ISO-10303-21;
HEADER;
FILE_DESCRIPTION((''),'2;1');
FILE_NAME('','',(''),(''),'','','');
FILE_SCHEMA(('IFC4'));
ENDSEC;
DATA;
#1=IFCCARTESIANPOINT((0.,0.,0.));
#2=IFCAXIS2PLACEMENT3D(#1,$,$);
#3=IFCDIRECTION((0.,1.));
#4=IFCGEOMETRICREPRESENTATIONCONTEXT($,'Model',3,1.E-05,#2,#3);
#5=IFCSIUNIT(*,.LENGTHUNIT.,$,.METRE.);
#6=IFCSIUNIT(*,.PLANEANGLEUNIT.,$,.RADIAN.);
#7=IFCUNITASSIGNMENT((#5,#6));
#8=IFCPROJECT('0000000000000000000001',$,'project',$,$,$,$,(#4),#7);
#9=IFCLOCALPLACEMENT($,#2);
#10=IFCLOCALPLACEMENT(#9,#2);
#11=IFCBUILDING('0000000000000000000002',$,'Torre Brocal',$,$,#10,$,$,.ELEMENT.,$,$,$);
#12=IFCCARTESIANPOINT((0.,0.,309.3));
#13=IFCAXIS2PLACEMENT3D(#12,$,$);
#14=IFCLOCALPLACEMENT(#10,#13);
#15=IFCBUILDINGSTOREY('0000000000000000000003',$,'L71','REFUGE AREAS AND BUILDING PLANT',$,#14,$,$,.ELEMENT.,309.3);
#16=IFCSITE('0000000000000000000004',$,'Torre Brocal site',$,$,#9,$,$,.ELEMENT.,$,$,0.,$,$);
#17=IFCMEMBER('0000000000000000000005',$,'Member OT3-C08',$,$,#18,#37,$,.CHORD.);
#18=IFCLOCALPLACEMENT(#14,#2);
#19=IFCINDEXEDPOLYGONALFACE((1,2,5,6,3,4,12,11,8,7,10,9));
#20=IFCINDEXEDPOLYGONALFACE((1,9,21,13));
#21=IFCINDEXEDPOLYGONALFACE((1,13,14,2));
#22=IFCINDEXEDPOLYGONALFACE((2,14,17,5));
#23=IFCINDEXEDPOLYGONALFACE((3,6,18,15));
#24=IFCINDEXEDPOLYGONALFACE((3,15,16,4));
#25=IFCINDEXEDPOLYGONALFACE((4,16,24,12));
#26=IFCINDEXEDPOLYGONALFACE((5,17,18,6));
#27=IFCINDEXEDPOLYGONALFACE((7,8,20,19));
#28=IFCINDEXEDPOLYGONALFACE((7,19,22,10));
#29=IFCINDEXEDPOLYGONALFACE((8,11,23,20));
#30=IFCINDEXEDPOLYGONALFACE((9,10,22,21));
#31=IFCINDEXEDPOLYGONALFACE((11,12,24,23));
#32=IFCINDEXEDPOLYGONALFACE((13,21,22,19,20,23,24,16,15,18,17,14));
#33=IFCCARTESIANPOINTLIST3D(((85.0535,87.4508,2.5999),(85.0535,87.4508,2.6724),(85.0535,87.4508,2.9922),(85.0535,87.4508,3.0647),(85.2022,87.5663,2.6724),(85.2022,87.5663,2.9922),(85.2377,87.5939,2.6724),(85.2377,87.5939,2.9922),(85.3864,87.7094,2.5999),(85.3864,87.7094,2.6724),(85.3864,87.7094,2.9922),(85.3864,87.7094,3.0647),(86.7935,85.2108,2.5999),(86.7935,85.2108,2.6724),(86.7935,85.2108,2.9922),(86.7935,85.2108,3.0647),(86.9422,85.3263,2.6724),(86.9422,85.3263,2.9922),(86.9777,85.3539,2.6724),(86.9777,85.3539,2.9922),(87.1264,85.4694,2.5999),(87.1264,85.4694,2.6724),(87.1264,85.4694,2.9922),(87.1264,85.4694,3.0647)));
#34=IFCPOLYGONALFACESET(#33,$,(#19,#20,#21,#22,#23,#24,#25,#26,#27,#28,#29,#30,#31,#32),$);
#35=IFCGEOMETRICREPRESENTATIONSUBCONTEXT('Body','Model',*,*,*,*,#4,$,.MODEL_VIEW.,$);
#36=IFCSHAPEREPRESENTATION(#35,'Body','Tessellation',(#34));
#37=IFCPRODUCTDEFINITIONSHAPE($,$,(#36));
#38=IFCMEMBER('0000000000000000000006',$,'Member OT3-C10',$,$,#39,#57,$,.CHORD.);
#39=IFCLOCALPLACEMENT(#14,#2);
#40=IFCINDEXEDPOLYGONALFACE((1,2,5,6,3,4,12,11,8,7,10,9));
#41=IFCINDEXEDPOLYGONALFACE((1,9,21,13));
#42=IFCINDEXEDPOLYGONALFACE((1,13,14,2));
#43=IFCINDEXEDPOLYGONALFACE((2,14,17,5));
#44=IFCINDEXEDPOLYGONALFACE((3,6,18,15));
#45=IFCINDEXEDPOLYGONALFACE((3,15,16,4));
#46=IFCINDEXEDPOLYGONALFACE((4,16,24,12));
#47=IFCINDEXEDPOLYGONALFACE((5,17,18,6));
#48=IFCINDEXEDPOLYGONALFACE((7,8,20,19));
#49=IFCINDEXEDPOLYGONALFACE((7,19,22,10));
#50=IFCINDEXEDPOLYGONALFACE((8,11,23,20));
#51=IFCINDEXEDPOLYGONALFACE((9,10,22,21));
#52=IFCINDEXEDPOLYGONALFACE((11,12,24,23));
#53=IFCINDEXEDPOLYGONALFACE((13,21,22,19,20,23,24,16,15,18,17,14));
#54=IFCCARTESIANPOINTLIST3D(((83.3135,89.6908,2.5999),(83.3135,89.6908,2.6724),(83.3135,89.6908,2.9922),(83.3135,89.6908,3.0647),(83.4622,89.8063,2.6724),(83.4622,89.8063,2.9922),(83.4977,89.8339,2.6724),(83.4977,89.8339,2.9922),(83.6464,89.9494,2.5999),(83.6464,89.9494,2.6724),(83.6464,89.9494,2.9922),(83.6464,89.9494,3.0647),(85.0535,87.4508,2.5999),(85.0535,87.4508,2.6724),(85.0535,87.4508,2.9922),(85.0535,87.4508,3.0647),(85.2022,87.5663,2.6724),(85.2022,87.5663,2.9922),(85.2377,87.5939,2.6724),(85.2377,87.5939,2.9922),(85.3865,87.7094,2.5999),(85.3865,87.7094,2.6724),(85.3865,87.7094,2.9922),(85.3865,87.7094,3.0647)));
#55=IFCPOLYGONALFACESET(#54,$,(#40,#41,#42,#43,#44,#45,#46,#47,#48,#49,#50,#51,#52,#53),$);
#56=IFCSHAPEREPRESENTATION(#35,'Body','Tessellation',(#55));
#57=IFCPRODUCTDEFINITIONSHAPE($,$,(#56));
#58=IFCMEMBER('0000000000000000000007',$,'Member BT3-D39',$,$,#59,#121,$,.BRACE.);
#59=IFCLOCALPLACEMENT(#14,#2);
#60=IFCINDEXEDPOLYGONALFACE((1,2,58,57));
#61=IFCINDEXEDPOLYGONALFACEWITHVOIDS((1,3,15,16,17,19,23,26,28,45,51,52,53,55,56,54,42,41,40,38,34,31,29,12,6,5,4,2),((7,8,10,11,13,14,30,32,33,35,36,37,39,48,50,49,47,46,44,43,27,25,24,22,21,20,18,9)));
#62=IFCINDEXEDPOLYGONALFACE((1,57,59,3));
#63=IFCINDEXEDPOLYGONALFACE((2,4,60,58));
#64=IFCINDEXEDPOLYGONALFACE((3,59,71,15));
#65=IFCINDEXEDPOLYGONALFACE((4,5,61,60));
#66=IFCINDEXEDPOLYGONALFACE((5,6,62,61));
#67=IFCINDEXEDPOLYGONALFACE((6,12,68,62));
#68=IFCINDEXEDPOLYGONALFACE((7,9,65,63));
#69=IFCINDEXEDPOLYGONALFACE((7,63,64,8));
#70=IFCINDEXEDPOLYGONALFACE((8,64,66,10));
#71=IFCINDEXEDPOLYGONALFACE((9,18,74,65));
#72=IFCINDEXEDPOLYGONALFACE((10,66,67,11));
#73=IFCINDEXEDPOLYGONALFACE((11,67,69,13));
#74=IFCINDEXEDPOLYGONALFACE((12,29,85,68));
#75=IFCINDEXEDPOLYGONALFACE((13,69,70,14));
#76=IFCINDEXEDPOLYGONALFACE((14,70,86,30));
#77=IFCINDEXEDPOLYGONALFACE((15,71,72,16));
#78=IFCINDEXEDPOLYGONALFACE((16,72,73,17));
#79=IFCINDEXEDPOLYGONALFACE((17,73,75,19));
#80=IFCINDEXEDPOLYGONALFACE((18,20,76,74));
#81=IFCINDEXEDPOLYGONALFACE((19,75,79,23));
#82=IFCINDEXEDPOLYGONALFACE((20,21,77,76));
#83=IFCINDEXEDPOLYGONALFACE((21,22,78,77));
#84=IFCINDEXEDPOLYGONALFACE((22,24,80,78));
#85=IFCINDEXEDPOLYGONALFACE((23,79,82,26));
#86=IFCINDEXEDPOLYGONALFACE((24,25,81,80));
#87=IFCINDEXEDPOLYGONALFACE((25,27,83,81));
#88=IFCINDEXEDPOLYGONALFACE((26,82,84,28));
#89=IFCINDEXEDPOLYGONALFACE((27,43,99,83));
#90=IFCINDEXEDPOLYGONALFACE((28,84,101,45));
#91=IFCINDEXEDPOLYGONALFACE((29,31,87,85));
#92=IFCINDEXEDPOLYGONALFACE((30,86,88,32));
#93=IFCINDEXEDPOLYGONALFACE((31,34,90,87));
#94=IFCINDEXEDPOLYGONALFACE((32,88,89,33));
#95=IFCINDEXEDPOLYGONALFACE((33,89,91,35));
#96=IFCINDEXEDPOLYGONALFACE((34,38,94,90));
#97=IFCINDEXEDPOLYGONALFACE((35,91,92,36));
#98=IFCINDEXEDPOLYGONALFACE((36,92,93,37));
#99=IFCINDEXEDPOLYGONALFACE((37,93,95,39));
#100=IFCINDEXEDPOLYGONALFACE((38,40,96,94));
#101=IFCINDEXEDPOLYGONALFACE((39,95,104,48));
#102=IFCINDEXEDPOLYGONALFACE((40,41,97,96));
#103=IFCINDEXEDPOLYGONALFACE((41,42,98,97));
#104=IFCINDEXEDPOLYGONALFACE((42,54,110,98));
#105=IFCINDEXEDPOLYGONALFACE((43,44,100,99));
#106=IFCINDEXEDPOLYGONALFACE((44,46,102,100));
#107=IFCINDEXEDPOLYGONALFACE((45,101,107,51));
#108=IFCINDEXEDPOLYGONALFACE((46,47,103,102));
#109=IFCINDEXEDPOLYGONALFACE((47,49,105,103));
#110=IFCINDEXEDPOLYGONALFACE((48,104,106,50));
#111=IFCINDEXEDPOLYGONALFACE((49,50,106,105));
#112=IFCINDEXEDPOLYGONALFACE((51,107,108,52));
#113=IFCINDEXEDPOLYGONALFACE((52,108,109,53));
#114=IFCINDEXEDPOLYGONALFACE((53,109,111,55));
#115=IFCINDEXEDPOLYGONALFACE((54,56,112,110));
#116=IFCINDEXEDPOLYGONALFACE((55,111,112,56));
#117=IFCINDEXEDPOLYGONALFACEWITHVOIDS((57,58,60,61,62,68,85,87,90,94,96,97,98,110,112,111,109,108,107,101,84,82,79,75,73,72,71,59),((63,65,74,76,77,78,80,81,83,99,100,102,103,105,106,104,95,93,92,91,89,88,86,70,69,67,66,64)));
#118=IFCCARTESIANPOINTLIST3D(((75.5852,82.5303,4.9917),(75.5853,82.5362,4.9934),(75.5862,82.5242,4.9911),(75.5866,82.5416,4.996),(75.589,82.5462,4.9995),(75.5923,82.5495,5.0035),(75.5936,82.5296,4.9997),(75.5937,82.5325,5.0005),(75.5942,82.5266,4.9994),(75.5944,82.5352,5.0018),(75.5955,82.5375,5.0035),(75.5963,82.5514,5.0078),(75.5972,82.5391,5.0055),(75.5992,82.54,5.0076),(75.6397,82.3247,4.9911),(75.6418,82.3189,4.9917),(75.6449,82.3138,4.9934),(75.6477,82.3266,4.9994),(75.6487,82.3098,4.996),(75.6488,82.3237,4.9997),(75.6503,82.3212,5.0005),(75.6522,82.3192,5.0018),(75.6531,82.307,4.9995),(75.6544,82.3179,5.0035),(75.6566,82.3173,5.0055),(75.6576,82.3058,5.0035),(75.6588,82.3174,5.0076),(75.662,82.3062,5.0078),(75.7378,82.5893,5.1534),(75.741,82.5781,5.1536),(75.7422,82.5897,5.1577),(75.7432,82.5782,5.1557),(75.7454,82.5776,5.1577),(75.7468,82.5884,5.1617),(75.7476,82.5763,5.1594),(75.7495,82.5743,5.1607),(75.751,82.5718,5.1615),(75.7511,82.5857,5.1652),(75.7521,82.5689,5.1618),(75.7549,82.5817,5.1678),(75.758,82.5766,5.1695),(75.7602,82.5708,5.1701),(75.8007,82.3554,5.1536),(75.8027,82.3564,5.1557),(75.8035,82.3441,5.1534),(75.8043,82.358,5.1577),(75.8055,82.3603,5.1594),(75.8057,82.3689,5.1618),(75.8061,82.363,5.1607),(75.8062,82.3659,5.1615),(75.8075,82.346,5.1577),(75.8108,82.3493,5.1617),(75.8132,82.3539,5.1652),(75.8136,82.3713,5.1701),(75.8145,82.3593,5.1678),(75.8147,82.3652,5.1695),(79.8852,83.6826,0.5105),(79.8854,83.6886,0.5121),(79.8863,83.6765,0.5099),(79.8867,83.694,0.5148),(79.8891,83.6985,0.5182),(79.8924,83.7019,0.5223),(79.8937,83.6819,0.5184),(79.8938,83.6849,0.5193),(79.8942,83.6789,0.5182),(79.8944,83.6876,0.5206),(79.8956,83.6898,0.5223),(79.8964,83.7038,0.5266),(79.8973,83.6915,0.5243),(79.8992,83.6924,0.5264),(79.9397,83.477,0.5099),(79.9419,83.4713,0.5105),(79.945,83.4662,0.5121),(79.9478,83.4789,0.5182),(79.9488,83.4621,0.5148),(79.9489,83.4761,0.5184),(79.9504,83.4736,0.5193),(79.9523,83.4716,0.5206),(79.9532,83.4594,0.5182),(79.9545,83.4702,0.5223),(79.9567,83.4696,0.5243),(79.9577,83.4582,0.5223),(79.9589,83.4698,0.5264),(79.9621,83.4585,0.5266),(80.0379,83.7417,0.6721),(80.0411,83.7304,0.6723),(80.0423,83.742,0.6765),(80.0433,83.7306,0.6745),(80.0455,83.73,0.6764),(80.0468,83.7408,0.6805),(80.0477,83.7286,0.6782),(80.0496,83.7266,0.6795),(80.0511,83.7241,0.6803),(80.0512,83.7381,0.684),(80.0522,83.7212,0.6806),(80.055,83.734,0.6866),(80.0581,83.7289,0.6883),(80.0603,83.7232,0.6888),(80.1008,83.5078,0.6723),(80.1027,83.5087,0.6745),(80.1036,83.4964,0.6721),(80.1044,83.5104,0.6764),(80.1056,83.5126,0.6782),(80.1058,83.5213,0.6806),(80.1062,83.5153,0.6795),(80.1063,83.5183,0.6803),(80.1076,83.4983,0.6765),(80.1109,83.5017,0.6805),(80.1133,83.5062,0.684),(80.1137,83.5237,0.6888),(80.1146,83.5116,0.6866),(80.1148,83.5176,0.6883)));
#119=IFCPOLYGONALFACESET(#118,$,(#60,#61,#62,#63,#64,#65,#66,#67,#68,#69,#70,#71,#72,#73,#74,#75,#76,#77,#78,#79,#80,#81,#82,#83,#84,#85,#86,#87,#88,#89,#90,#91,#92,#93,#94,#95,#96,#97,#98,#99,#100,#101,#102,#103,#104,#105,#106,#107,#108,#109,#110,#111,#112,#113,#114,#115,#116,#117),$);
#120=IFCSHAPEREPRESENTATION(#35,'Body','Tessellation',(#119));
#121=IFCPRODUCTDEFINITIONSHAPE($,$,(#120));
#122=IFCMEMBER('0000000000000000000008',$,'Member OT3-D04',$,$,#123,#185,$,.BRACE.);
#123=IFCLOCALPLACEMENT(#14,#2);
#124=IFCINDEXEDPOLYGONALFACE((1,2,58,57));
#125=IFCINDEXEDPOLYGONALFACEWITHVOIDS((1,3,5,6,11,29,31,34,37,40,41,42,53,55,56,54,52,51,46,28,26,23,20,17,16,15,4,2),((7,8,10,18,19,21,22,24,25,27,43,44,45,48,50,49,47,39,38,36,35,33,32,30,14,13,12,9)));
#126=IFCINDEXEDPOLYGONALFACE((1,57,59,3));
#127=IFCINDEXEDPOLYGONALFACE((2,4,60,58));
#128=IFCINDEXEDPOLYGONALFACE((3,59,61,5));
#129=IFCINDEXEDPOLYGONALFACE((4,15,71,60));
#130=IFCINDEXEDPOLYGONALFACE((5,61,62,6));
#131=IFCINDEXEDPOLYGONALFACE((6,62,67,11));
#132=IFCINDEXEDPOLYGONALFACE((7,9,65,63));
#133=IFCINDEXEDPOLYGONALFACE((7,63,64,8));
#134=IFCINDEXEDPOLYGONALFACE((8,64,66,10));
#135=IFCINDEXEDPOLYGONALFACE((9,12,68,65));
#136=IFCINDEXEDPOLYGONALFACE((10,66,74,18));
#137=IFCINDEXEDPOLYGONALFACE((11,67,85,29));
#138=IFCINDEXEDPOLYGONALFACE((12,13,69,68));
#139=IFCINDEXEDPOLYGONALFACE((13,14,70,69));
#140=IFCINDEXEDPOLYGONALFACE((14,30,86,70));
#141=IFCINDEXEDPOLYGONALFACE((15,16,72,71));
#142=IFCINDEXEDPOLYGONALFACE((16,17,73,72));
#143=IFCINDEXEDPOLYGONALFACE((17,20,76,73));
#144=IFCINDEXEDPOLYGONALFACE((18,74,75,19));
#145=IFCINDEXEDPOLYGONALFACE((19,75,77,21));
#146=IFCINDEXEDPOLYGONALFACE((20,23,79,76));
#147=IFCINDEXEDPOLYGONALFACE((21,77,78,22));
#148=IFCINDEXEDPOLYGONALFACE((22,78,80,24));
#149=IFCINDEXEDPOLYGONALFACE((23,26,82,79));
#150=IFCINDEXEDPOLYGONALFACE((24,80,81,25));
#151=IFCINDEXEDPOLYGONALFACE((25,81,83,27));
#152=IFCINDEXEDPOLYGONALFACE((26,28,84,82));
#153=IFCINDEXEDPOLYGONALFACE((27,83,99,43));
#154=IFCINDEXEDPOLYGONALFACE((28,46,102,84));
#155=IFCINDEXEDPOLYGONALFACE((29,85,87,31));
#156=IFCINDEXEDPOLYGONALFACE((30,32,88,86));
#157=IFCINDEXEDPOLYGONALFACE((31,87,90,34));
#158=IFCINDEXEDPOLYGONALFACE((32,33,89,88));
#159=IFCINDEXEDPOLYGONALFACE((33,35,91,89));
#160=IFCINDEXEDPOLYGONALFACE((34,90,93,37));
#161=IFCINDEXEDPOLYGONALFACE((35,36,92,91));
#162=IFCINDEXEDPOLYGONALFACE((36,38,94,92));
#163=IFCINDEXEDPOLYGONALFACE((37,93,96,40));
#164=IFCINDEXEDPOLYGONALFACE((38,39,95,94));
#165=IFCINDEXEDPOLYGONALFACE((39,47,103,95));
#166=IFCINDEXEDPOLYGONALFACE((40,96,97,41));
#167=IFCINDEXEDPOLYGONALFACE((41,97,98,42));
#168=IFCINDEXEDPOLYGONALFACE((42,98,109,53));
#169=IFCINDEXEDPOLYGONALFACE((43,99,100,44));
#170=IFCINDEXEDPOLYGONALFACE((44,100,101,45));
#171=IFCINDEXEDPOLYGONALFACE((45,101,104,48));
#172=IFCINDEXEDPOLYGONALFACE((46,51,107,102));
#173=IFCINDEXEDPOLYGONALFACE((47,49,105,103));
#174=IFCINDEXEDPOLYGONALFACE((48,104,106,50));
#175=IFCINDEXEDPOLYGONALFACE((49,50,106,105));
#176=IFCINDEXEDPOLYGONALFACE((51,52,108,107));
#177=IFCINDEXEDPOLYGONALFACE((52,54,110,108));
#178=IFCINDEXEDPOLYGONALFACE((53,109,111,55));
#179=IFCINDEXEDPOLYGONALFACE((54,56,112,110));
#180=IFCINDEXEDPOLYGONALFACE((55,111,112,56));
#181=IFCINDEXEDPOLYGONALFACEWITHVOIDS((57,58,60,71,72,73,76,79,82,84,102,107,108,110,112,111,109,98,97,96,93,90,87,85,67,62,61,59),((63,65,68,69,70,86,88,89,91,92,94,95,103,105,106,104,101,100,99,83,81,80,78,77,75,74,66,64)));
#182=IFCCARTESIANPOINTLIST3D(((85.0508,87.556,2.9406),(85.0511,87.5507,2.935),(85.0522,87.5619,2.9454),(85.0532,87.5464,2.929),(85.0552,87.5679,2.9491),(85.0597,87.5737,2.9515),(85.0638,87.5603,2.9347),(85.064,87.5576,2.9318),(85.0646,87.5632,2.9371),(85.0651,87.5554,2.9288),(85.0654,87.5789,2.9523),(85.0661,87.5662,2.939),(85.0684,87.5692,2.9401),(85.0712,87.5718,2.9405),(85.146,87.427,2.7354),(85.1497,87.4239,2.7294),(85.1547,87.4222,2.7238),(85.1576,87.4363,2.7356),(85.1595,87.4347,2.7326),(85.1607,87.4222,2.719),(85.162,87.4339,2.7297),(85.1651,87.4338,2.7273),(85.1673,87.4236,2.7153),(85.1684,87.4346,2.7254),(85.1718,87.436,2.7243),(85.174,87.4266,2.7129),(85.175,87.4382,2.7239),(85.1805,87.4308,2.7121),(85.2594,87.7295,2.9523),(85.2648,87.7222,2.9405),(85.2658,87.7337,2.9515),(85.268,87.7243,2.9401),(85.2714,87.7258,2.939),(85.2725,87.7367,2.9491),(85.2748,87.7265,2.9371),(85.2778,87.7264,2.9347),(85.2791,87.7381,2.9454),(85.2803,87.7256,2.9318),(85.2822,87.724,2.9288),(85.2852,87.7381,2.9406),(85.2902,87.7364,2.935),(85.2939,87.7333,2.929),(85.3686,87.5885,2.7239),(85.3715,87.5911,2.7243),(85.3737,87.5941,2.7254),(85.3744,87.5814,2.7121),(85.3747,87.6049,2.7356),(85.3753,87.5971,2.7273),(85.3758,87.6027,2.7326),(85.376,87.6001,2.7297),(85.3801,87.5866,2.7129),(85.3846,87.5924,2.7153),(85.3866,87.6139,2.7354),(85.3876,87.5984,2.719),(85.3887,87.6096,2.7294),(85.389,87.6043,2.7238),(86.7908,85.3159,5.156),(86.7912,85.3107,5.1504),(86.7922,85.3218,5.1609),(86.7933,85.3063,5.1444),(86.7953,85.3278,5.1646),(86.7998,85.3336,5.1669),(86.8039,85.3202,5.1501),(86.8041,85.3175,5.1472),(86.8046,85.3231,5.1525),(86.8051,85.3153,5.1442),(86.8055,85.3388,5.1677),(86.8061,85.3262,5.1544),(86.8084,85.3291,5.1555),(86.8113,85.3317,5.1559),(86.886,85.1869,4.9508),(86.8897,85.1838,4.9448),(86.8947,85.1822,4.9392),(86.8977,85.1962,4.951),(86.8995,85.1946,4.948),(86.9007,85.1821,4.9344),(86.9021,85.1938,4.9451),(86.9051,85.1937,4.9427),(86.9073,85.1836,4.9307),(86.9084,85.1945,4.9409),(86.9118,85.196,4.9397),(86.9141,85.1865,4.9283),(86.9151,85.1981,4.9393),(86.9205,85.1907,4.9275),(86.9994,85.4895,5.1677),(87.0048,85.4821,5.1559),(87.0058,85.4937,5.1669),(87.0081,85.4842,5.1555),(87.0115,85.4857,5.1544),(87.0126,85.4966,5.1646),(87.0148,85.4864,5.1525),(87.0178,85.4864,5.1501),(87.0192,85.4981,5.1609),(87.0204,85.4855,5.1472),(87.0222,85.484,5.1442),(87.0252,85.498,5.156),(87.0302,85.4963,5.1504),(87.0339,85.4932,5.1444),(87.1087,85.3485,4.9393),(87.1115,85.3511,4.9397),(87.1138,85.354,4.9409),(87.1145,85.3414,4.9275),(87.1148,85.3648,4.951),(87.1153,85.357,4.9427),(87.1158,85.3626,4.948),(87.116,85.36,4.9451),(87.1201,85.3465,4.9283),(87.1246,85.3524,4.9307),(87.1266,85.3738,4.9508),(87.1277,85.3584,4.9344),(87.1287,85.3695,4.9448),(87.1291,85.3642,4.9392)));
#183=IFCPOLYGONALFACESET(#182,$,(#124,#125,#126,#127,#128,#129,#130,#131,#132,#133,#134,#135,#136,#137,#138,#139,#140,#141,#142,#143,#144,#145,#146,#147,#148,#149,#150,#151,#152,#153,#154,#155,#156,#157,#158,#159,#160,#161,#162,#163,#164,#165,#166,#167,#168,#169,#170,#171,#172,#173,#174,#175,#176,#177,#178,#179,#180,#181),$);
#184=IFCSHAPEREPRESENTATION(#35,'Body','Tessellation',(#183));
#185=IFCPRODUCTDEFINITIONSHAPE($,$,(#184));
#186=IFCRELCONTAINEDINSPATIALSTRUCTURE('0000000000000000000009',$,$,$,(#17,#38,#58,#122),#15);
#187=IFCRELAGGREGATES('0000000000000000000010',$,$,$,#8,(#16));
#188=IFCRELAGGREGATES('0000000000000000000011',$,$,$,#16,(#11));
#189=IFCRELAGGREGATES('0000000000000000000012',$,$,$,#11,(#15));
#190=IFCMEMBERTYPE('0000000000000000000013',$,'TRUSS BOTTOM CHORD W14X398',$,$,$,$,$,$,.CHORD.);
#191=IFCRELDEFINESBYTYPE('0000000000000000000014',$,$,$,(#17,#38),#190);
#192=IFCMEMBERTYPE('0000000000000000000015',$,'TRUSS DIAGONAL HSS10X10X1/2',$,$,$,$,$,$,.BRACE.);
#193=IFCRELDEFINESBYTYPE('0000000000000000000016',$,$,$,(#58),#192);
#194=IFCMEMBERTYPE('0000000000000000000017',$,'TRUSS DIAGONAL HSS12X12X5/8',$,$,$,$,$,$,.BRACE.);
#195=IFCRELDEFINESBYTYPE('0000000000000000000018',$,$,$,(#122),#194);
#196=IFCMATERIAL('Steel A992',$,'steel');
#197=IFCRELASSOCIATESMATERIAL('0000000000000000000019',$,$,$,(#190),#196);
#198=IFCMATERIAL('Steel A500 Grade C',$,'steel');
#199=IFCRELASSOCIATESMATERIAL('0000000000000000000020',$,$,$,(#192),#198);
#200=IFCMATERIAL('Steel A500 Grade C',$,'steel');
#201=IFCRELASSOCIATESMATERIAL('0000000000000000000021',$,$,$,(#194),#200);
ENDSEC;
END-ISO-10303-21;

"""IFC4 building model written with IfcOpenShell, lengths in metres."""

from ifc_helpers import new_model, si_unit, direction, frame, origin, origin_2d, place, context, subcontext, project, spatial, hollow_rectangle, i_section, extrude, material, material_profile, profile_set, type_object, element, save


model = new_model("IFC4")

# Units and contexts
model_context = context("Model", 3, precision=1e-05, world=origin(), true_north=direction((0.0, 1.0)))
body_context = subcontext(model_context, "Body", "Model", "MODEL_VIEW")
ifc_project = project(units=[si_unit("LENGTHUNIT", "METRE"), si_unit("PLANEANGLEUNIT", "RADIAN")], contexts=[model_context])

# Site, building, storey
site_placement = place(None, origin())
site = spatial("IfcSite", under=ifc_project, at=site_placement, Name="Torre Brocal site", CompositionType="ELEMENT", RefElevation=0.0)
building_placement = place(site_placement, origin())
building = spatial("IfcBuilding", under=site, at=building_placement, Name="Torre Brocal", CompositionType="ELEMENT")
storey_placement = place(building_placement, frame((0.0, 0.0, 309.3)))
storey = spatial("IfcBuildingStorey", under=building, at=storey_placement, Name="L71", Description="REFUGE AREAS AND BUILDING PLANT", CompositionType="ELEMENT", Elevation=309.3)

# Members
ifc_material_1 = material(Name="Steel A992", Category="steel")
ifc_material_profile_1 = material_profile(ifc_material_1, i_section(OverallWidth=0.4216, OverallDepth=0.4648, WebThickness=0.0449, FlangeThickness=0.0725, at=origin_2d()), Name="W14X398")
ifc_profile_set_1 = profile_set([ifc_material_profile_1], Name="Steel A992")
member_type_1 = type_object("IfcMemberType", Name="TRUSS BOTTOM CHORD W14X398", PredefinedType="CHORD", material=ifc_profile_set_1)
for number, where, z_axis, x_axis, name in (
    (1, (86.96, 85.3401, 2.8323), (-0.613452, 0.789732, 0.0), (-0.789732, -0.613452, 0.0), "Member OT3-C08"),
    (2, (85.22, 87.5801, 2.8323), (-0.613452, 0.789732, 0.0), (-0.789732, -0.613452, 0.0), "Member OT3-C10"),
):
    element("IfcMember", number, at=place(storey_placement, frame(where, z_axis=z_axis, x_axis=x_axis)), inside=storey, type_object=member_type_1, Name=name, PredefinedType="CHORD", context=body_context, shape_type="SweptSolid", body=[
        extrude(i_section(OverallWidth=0.4216, OverallDepth=0.4648, WebThickness=0.0449, FlangeThickness=0.0725, at=origin_2d()), origin(), (0.0, 0.0, 1.0), 2.8364),
    ])
ifc_material_2 = material(Name="Steel A500 Grade C", Category="steel")
ifc_material_profile_2 = material_profile(ifc_material_2, hollow_rectangle(XDim=0.2539, YDim=0.2539, WallThickness=0.0117, InnerFilletRadius=0.0117, OuterFilletRadius=0.0237, at=origin_2d()), Name="HSS10X10X1/2")
ifc_profile_set_2 = profile_set([ifc_material_profile_2], Name="Steel A500 Grade C")
member_type_2 = type_object("IfcMemberType", Name="TRUSS DIAGONAL HSS10X10X1/2", PredefinedType="BRACE", material=ifc_profile_set_2)
member_1_placement = place(storey_placement, frame((80.0, 83.6001, 0.5994), z_axis=(-0.680753, -0.182431, 0.709432), x_axis=(0.25885, -0.965917, 0.0)))
element("IfcMember", 3, at=member_1_placement, inside=storey, type_object=member_type_2, Name="Member BT3-D39", PredefinedType="BRACE", context=body_context, shape_type="SweptSolid", body=[
    extrude(hollow_rectangle(XDim=0.2539, YDim=0.2539, WallThickness=0.0117, InnerFilletRadius=0.0117, OuterFilletRadius=0.0237, at=origin_2d()), origin(), (0.0, 0.0, 1.0), 6.3167),
])
ifc_material_3 = material(Name="Steel A500 Grade C", Category="steel")
ifc_material_profile_3 = material_profile(ifc_material_3, hollow_rectangle(XDim=0.3047, YDim=0.3047, WallThickness=0.0149, InnerFilletRadius=0.0149, OuterFilletRadius=0.0295, at=origin_2d()), Name="HSS12X12X5/8")
ifc_profile_set_3 = profile_set([ifc_material_profile_3], Name="Steel A500 Grade C")
member_type_3 = type_object("IfcMemberType", Name="TRUSS DIAGONAL HSS12X12X5/8", PredefinedType="BRACE", material=ifc_profile_set_3)
for number, where, z_axis, x_axis, name in (
    (4, (86.96, 85.3401, 5.0476), (-0.483465, 0.622392, -0.615541), (-0.789732, -0.613452, 0.0), "Member OT3-D04"),
):
    element("IfcMember", number, at=place(storey_placement, frame(where, z_axis=z_axis, x_axis=x_axis)), inside=storey, type_object=member_type_3, Name=name, PredefinedType="BRACE", context=body_context, shape_type="SweptSolid", body=[
        extrude(hollow_rectangle(XDim=0.3047, YDim=0.3047, WallThickness=0.0149, InnerFilletRadius=0.0149, OuterFilletRadius=0.0295, at=origin_2d()), origin(), (0.0, 0.0, 1.0), 3.5991),
    ])

save(model, "model.ifc")
